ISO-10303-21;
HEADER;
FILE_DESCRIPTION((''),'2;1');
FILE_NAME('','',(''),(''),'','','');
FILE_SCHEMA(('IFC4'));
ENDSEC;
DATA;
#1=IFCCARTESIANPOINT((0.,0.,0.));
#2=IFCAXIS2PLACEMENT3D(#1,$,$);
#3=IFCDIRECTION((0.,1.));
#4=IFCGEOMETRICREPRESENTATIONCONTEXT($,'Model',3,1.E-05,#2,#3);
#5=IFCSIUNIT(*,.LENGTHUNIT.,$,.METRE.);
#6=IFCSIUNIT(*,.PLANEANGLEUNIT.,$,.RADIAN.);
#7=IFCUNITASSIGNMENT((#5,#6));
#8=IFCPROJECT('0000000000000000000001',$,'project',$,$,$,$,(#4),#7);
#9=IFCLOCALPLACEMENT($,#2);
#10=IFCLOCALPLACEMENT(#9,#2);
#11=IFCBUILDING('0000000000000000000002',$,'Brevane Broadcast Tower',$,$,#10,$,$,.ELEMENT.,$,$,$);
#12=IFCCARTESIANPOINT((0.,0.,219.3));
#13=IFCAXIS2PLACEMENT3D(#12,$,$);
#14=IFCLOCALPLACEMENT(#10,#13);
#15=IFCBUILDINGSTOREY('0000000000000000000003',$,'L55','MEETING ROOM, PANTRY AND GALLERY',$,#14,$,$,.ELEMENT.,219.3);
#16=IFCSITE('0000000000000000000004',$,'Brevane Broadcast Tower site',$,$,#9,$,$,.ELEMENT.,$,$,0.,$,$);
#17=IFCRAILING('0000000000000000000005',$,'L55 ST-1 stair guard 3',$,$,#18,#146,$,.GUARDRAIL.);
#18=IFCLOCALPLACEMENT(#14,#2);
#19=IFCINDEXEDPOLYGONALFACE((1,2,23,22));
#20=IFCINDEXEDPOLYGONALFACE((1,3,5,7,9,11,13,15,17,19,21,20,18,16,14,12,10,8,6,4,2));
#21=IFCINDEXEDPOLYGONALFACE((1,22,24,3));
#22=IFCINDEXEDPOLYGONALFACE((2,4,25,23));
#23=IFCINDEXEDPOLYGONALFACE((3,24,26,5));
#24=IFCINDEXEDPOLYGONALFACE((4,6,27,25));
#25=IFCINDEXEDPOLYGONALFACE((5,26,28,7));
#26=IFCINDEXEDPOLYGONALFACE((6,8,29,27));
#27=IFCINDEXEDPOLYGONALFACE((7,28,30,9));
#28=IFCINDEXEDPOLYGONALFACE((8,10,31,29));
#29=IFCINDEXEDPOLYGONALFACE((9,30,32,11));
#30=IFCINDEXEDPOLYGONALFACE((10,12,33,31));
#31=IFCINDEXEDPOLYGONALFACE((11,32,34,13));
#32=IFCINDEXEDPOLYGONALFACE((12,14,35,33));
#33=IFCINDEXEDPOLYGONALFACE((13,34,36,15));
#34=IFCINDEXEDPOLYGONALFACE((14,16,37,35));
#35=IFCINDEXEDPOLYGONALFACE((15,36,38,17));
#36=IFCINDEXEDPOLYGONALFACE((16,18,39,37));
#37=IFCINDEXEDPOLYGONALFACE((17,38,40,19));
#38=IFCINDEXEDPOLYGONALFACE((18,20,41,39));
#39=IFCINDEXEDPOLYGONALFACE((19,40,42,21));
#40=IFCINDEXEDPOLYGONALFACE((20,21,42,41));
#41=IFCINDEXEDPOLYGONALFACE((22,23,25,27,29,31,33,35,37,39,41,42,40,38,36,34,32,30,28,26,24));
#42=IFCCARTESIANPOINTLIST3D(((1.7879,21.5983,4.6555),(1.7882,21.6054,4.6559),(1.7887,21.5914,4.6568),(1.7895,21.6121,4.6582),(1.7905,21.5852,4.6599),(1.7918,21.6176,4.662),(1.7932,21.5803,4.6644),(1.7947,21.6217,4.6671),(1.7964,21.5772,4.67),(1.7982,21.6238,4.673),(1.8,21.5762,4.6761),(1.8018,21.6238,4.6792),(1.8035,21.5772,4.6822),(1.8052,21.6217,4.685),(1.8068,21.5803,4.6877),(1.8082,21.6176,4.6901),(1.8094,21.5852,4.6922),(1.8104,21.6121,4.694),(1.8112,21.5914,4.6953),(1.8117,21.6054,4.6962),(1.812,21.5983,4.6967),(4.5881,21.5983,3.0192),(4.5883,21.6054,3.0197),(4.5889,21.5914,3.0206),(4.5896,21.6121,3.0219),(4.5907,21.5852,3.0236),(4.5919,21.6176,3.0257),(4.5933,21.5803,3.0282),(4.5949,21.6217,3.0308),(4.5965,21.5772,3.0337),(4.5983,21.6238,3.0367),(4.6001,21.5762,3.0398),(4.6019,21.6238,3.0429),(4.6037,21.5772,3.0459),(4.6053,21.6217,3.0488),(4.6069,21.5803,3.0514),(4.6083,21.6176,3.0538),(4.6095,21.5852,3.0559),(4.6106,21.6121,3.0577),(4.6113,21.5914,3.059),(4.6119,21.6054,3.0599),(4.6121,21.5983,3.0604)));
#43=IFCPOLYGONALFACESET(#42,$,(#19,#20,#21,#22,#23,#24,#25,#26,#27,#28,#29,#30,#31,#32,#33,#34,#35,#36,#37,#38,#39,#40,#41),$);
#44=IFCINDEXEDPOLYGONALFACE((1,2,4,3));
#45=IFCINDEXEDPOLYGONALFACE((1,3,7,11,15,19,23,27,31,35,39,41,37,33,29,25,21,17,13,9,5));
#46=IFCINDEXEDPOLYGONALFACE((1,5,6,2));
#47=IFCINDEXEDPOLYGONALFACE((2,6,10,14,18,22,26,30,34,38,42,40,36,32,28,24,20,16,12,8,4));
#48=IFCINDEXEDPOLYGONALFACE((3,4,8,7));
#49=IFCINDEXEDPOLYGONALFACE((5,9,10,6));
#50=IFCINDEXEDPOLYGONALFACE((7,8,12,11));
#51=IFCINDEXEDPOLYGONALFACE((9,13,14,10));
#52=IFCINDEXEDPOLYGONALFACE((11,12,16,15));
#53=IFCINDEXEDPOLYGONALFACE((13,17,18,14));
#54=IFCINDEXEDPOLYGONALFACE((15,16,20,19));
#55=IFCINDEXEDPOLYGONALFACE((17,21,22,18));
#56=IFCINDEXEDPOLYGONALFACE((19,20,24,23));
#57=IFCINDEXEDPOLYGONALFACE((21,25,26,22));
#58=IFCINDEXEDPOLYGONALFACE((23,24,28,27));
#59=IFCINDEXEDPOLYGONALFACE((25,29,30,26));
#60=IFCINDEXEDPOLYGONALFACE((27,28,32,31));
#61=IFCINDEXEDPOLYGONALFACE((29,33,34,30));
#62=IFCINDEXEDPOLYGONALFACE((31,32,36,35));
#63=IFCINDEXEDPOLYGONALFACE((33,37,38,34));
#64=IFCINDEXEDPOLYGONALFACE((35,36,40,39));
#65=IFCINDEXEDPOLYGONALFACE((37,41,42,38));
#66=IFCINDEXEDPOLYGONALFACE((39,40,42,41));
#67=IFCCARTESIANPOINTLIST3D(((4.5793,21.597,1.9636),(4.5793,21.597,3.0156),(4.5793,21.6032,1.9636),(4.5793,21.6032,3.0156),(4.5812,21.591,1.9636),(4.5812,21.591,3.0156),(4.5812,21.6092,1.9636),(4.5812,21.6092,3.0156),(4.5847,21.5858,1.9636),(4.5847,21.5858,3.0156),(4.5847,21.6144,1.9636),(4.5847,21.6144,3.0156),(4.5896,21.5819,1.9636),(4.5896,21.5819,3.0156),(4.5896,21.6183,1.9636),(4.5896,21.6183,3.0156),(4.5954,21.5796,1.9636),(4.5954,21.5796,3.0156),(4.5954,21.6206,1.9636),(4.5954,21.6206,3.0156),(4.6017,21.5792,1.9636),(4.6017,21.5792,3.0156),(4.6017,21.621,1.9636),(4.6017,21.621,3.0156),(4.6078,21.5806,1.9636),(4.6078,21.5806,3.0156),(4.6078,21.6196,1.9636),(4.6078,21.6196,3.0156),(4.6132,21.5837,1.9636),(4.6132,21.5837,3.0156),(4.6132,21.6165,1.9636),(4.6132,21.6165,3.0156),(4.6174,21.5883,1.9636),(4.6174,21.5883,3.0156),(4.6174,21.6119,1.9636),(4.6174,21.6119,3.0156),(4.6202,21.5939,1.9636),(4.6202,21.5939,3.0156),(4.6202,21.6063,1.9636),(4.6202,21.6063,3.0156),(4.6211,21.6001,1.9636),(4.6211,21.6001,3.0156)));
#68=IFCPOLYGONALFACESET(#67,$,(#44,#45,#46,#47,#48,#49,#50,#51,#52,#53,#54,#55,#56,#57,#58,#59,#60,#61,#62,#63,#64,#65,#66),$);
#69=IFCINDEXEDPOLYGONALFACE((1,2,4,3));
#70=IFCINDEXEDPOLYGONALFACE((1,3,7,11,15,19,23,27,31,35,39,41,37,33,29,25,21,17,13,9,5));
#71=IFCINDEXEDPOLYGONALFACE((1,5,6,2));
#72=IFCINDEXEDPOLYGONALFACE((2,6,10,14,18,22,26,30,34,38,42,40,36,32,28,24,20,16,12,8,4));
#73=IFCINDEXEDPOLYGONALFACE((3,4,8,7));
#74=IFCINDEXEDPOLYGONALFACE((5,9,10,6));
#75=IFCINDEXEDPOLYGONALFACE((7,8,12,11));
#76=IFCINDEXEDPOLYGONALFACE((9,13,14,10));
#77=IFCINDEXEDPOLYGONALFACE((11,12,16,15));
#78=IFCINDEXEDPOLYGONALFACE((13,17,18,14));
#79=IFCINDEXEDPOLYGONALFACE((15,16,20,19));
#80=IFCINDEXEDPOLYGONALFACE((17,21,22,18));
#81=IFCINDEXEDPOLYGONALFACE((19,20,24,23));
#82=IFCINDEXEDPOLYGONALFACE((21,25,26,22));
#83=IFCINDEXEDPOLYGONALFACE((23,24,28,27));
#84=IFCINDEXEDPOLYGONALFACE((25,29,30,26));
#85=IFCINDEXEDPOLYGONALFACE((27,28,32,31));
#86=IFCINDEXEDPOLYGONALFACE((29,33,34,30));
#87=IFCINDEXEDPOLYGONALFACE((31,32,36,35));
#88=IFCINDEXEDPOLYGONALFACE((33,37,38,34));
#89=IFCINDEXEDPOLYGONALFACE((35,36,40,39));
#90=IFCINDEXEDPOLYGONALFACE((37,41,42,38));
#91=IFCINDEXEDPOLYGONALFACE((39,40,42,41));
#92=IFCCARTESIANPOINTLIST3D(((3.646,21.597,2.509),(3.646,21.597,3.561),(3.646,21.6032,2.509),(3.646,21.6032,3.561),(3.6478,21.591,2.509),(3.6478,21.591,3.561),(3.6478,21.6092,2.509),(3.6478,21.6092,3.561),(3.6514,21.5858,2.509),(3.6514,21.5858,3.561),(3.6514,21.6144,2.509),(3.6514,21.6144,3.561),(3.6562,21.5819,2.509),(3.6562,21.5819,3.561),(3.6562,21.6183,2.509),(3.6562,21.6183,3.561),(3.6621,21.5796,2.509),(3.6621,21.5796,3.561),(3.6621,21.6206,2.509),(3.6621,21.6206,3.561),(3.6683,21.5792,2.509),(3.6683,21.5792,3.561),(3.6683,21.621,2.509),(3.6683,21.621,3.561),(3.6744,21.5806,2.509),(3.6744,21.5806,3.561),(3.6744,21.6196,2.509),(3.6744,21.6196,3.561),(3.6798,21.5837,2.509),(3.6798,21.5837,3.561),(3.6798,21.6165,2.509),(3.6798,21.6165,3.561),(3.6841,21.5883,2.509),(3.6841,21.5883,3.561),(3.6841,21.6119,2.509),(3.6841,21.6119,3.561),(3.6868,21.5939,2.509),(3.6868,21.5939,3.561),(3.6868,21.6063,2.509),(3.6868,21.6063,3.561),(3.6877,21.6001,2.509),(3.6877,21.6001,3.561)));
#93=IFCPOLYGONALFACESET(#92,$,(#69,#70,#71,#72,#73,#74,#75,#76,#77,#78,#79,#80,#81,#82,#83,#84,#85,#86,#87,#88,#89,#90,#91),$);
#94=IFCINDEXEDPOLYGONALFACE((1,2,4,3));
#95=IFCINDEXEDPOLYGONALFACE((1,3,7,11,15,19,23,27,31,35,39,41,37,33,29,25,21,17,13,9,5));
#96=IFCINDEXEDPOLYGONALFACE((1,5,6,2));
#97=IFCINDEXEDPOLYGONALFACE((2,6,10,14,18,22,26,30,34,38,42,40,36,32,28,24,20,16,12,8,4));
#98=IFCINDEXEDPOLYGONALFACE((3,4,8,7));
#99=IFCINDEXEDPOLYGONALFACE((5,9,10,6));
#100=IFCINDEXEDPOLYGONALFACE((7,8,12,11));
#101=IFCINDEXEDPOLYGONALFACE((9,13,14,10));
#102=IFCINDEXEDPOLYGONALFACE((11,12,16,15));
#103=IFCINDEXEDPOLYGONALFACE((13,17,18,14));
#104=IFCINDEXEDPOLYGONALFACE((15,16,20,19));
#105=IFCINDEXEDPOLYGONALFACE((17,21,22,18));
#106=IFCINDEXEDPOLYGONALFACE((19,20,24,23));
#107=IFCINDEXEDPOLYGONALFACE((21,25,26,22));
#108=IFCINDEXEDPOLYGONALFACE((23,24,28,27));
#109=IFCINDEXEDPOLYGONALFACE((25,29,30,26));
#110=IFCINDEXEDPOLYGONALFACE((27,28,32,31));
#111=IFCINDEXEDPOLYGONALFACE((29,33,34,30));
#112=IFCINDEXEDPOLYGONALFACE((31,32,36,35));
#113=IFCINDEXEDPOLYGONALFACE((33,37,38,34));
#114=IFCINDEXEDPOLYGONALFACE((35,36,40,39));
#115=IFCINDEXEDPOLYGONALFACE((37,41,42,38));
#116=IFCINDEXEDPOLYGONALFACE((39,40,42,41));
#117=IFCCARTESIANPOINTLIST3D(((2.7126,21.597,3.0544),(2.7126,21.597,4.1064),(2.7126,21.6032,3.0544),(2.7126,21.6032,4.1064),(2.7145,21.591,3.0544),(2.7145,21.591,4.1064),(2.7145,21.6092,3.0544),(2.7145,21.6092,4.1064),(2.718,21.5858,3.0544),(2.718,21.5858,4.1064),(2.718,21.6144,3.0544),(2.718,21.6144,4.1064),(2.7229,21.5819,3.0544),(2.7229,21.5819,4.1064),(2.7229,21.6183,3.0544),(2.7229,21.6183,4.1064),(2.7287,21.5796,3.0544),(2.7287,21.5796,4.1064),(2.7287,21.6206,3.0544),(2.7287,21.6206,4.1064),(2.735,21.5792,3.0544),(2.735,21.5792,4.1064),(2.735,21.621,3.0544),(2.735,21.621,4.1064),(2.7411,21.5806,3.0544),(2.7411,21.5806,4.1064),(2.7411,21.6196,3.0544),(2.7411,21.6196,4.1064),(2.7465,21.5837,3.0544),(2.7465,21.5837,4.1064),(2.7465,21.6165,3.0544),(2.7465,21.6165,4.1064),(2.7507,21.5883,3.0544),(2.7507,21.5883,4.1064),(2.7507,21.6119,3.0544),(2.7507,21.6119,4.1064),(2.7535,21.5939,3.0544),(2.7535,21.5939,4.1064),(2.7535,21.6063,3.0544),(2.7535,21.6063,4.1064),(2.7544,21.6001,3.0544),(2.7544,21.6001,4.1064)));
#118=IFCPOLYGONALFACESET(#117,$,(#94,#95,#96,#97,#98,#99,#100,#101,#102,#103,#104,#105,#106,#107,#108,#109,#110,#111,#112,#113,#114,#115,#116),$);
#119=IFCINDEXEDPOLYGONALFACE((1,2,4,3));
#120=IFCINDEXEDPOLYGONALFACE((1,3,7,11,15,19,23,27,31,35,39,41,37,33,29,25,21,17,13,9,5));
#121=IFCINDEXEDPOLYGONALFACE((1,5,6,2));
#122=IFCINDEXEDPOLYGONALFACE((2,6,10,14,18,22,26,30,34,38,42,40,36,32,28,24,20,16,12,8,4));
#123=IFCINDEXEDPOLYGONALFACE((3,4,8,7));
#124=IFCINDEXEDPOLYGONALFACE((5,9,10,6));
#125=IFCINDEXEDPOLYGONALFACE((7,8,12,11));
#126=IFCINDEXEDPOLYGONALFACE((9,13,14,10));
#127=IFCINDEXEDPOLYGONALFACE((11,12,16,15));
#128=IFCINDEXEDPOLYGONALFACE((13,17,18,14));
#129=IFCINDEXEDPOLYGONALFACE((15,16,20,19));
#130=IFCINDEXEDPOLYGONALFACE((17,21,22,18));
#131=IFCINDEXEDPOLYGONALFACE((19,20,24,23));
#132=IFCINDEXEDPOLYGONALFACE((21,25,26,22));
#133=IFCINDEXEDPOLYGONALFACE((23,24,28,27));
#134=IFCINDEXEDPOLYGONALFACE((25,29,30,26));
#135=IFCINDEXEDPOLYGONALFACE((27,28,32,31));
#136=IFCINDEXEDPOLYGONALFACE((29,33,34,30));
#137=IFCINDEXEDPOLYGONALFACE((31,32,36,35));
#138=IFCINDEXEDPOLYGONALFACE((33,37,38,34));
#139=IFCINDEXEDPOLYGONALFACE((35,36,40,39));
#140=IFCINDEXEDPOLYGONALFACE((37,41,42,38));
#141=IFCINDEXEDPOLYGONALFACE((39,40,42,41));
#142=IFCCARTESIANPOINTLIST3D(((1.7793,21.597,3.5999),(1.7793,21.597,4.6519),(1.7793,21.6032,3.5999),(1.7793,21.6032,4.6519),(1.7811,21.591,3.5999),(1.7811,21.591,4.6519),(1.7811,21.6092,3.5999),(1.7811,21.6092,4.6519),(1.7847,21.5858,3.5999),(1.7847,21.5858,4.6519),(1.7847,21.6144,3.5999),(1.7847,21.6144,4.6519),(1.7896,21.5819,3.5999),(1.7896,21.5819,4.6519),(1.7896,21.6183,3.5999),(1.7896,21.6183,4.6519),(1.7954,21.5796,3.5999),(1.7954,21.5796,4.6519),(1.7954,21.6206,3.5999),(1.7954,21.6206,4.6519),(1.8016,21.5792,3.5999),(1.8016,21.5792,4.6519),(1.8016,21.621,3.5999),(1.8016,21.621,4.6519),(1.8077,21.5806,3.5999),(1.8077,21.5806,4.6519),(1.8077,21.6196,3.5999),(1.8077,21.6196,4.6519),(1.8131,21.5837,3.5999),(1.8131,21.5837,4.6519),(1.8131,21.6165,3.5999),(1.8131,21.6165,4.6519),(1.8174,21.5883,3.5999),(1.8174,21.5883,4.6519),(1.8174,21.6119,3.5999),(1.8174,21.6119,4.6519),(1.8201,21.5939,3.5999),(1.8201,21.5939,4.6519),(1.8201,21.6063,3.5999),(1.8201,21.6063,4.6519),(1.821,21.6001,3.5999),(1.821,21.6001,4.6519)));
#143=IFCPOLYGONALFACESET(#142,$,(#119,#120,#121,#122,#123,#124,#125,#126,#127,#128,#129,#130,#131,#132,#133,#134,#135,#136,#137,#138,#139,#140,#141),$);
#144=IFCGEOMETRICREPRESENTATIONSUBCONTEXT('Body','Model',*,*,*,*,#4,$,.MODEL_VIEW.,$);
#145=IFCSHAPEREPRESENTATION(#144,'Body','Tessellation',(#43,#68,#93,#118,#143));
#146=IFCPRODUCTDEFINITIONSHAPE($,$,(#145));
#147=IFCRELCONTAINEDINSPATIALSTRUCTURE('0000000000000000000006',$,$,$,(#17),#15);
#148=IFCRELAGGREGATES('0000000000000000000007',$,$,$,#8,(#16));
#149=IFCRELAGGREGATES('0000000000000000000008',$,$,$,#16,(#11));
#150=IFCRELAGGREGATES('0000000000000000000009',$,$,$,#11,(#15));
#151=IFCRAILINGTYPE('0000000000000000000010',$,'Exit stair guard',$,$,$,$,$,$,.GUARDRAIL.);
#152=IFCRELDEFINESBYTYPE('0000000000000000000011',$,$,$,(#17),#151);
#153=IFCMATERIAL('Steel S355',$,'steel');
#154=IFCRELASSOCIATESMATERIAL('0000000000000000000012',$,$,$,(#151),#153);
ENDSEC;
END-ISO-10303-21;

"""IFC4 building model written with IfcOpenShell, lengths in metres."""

from ifc_helpers import new_model, si_unit, direction, frame, origin, origin_2d, place, context, subcontext, project, spatial, circle, extrude, material, type_object, element, save


model = new_model("IFC4")

# Units and contexts
model_context = context("Model", 3, precision=1e-05, world=origin(), true_north=direction((0.0, 1.0)))
body_context = subcontext(model_context, "Body", "Model", "MODEL_VIEW")
ifc_project = project(units=[si_unit("LENGTHUNIT", "METRE"), si_unit("PLANEANGLEUNIT", "RADIAN")], contexts=[model_context])

# Site, building, storey
site_placement = place(None, origin())
site = spatial("IfcSite", under=ifc_project, at=site_placement, Name="Brevane Broadcast Tower site", CompositionType="ELEMENT", RefElevation=0.0)
building_placement = place(site_placement, origin())
building = spatial("IfcBuilding", under=site, at=building_placement, Name="Brevane Broadcast Tower", CompositionType="ELEMENT")
storey_placement = place(building_placement, frame((0.0, 0.0, 219.3)))
storey = spatial("IfcBuildingStorey", under=building, at=storey_placement, Name="L55", Description="MEETING ROOM, PANTRY AND GALLERY", CompositionType="ELEMENT", Elevation=219.3)

# Railing
ifc_material_1 = material(Name="Steel S355", Category="steel")
railing_type_1 = type_object("IfcRailingType", Name="Exit stair guard", PredefinedType="GUARDRAIL", material=ifc_material_1)
railing_1_placement = place(storey_placement, frame((4.6001, 21.6001, 1.9636)))
element("IfcRailing", 1, at=railing_1_placement, inside=storey, type_object=railing_type_1, Name="L55 ST-1 stair guard 3", PredefinedType="GUARDRAIL", context=body_context, shape_type="SweptSolid", body=[
    extrude(circle(Radius=0.0239, at=origin_2d()), frame((0.0, 0.0, 1.0762), z_axis=(-0.863394, 0.0, 0.504531), x_axis=(0.0, -1.0, 0.0)), (0.0, 0.0, 1.0), 3.2432),
    extrude(circle(Radius=0.021, at=origin_2d()), origin(), (0.0, 0.0, 1.0), 1.052),
    extrude(circle(Radius=0.021, at=origin_2d()), frame((-0.9333, 0.0, 0.5454)), (0.0, 0.0, 1.0), 1.052),
    extrude(circle(Radius=0.021, at=origin_2d()), frame((-1.8667, 0.0, 1.0908)), (0.0, 0.0, 1.0), 1.052),
    extrude(circle(Radius=0.021, at=origin_2d()), frame((-2.8, 0.0, 1.6362)), (0.0, 0.0, 1.0), 1.052),
])

save(model, "model.ifc")
